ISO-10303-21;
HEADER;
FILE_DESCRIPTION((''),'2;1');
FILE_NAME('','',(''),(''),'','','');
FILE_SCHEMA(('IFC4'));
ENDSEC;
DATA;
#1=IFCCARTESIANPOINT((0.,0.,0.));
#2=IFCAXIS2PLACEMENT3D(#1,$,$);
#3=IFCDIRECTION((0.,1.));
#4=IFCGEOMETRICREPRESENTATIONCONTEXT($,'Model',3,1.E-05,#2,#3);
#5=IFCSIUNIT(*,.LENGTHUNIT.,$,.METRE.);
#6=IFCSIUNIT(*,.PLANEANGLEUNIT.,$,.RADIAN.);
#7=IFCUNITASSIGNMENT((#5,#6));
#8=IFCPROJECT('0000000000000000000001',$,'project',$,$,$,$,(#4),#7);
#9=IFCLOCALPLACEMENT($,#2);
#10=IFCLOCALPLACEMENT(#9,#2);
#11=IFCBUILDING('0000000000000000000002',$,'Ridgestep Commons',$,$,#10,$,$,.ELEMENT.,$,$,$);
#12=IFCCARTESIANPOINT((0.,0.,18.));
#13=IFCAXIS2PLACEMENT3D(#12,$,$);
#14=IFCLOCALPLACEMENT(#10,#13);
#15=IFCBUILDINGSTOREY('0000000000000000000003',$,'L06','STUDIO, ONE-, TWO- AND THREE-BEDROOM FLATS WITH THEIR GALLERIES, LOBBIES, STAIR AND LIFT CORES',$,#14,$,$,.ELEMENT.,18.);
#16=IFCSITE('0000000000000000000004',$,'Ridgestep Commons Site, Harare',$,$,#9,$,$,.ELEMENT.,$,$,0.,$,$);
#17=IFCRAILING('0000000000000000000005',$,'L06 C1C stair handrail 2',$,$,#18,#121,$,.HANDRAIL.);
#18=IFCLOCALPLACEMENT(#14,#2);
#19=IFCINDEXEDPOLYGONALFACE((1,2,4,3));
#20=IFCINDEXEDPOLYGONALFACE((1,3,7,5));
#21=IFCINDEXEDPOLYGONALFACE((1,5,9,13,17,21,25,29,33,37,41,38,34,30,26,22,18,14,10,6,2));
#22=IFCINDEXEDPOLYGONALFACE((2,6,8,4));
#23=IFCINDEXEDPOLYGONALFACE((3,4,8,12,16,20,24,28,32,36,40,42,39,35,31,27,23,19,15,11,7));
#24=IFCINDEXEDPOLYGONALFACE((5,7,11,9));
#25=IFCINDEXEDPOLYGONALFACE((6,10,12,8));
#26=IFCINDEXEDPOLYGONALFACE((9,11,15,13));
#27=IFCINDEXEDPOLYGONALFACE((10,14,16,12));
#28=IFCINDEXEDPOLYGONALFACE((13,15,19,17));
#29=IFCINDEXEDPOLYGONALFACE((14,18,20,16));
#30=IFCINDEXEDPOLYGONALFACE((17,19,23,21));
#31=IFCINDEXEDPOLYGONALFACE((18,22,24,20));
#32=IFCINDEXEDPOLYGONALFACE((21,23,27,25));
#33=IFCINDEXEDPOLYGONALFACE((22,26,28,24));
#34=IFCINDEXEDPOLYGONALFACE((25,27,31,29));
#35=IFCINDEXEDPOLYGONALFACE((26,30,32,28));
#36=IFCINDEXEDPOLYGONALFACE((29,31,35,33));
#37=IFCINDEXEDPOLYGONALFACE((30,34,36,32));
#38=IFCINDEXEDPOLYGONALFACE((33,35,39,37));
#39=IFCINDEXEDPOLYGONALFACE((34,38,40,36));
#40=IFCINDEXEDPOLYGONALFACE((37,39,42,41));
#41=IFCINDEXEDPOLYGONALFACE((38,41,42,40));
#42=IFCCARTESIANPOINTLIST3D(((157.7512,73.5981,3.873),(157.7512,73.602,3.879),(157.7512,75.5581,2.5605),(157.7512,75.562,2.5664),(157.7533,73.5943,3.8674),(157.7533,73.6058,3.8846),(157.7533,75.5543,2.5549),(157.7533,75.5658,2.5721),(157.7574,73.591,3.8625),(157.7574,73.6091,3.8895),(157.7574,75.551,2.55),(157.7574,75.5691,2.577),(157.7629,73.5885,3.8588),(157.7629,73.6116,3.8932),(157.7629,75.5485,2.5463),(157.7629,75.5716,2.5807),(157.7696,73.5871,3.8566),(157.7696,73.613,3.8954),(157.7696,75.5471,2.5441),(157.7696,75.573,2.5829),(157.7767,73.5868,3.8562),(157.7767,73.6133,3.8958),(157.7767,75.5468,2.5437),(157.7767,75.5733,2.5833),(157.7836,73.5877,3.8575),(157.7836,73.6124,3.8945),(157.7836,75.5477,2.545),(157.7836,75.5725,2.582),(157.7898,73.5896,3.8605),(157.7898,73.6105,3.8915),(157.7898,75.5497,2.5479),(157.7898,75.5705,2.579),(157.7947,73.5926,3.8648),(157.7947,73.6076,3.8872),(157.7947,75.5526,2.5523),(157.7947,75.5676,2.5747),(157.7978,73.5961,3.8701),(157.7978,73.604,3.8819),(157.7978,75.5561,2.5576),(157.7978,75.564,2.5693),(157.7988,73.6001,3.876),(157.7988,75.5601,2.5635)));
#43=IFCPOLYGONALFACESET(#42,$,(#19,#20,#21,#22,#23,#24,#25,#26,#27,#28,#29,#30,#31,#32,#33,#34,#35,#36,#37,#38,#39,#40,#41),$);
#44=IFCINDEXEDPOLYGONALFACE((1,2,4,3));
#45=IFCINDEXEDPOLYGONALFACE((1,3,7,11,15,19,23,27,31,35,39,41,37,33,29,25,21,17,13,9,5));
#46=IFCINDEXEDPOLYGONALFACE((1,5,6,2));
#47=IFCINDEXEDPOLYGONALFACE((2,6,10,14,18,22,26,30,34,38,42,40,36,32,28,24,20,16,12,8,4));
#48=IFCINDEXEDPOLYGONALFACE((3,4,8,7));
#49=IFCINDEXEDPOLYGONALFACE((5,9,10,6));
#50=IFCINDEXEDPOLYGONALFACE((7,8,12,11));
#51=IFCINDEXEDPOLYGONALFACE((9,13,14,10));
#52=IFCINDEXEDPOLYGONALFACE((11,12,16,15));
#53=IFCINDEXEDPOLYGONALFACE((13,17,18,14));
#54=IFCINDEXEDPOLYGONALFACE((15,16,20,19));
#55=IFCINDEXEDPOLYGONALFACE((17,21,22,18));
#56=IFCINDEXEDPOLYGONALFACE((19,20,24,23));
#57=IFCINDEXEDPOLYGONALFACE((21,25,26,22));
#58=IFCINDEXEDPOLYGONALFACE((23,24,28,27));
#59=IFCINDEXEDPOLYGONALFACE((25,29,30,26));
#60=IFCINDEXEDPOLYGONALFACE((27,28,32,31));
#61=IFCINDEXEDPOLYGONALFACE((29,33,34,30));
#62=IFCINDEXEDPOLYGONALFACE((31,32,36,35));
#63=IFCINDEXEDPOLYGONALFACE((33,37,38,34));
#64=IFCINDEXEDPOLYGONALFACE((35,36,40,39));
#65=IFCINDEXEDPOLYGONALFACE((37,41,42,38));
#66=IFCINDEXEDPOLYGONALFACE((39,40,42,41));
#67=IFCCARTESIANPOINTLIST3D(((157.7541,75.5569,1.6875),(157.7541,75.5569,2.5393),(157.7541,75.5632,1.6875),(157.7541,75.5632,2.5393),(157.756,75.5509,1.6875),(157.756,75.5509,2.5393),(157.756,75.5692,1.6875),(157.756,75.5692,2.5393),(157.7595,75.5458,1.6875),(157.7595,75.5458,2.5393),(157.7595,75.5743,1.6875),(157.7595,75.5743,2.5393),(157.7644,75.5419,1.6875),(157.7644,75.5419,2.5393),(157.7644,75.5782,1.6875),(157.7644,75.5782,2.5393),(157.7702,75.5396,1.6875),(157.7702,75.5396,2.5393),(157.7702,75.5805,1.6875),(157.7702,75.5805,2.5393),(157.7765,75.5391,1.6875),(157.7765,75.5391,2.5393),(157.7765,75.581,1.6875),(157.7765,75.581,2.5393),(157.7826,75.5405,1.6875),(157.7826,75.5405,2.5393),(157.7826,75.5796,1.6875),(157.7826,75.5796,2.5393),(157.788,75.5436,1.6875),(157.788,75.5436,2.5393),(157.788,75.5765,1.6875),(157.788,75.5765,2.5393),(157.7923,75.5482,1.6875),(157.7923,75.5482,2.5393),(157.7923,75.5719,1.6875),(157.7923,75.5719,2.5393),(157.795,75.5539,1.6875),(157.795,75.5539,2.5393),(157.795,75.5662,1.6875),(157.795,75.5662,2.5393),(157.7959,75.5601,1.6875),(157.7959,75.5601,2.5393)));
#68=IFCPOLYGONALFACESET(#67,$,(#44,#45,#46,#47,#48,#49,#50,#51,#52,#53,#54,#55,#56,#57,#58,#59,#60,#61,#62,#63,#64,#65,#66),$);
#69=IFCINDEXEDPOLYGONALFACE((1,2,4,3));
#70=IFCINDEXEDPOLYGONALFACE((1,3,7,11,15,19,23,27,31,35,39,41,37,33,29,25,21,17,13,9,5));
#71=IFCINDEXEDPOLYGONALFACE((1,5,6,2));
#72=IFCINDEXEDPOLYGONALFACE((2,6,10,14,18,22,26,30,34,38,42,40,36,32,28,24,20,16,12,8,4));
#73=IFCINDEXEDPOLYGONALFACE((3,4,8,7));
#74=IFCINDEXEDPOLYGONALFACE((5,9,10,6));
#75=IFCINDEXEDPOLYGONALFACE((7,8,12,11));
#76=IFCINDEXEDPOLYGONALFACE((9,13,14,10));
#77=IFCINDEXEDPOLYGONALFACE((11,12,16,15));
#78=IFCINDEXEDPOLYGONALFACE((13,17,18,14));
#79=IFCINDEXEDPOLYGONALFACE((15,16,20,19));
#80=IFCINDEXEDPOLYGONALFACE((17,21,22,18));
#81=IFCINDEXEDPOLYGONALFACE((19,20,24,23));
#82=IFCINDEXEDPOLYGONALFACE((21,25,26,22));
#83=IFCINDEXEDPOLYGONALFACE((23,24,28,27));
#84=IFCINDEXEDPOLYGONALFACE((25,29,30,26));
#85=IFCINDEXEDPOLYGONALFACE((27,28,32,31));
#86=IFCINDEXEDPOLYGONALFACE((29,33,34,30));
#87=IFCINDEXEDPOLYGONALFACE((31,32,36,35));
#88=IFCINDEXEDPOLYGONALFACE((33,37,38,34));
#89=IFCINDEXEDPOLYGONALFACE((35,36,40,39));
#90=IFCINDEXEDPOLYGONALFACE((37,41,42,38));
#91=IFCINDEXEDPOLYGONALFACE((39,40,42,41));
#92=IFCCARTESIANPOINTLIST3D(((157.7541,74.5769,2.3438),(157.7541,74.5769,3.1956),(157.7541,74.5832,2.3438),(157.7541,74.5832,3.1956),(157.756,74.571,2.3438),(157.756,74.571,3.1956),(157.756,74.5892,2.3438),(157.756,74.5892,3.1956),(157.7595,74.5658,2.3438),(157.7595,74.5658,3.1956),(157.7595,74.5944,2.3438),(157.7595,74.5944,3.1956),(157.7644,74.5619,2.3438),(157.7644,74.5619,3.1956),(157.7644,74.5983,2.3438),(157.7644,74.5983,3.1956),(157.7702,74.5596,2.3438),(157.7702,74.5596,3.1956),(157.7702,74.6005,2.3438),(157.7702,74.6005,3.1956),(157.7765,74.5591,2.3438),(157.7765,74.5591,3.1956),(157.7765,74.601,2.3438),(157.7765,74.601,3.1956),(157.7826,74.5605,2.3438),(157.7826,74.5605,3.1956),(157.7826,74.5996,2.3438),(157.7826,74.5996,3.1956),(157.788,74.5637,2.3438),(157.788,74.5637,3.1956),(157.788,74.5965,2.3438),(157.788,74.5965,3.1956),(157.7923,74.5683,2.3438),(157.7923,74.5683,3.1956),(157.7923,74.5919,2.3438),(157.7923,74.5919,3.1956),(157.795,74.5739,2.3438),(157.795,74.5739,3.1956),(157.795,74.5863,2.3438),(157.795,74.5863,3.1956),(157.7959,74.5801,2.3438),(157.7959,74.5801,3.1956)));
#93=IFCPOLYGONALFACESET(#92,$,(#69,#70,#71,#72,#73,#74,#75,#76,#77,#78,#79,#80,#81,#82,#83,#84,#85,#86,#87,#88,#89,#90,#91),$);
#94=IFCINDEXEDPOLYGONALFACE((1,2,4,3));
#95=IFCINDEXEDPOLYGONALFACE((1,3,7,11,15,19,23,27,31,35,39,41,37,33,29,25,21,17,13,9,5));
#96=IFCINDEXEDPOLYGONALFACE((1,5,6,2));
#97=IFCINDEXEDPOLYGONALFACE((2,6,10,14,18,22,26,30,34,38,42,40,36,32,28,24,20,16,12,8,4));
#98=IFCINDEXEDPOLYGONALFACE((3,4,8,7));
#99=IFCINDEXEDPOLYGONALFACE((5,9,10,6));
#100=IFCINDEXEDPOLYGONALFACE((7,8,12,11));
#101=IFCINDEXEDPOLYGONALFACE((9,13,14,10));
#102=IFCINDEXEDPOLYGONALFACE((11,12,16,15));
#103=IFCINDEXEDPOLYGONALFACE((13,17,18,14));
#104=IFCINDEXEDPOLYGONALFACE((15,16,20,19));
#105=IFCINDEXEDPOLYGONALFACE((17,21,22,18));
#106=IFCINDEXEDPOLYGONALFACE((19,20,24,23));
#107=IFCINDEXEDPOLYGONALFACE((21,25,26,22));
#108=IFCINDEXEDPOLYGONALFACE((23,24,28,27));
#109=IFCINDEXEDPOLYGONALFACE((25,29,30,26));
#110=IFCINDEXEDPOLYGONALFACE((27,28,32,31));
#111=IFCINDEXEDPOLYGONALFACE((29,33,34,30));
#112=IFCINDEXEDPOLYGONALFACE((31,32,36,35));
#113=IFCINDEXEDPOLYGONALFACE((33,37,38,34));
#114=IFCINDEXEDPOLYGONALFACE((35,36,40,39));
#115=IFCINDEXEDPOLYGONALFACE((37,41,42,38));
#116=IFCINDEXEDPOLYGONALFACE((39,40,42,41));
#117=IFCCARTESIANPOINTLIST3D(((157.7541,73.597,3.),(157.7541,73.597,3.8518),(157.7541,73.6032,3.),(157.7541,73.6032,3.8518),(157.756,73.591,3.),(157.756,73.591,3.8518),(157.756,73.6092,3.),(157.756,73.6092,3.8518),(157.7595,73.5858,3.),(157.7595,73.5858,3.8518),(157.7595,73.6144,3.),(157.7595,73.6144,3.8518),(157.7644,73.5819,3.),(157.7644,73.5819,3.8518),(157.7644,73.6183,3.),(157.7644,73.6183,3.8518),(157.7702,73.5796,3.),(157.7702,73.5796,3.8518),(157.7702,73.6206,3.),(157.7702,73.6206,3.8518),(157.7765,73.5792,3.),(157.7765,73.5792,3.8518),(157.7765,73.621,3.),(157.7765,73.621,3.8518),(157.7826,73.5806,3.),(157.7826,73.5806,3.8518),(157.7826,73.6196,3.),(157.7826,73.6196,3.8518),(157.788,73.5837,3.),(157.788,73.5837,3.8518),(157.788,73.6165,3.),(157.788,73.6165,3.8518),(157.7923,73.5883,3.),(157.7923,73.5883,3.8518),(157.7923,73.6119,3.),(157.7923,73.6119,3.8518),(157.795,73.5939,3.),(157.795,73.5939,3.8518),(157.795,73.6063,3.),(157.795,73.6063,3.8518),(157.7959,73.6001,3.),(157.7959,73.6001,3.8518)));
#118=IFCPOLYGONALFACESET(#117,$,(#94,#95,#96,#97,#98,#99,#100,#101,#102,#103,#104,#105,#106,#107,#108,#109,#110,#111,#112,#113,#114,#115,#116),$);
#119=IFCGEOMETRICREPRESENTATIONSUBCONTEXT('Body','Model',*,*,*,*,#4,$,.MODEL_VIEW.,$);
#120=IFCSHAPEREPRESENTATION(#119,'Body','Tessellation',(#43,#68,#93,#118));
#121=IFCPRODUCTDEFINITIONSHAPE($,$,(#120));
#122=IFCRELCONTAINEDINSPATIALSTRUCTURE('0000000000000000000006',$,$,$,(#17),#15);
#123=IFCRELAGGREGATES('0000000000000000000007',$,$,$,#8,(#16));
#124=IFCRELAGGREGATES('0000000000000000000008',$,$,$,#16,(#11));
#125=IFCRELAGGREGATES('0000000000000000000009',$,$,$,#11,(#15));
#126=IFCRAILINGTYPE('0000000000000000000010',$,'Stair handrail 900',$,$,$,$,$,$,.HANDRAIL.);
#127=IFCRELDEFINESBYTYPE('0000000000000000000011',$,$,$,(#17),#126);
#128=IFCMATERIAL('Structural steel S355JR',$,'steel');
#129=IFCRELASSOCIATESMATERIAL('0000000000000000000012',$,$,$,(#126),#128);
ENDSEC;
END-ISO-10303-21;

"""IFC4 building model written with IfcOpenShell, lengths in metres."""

from ifc_helpers import new_model, si_unit, direction, frame, origin, origin_2d, place, context, subcontext, project, spatial, circle, extrude, material, type_object, element, save


model = new_model("IFC4")

# Units and contexts
model_context = context("Model", 3, precision=1e-05, world=origin(), true_north=direction((0.0, 1.0)))
body_context = subcontext(model_context, "Body", "Model", "MODEL_VIEW")
ifc_project = project(units=[si_unit("LENGTHUNIT", "METRE"), si_unit("PLANEANGLEUNIT", "RADIAN")], contexts=[model_context])

# Site, building, storey
site_placement = place(None, origin())
site = spatial("IfcSite", under=ifc_project, at=site_placement, Name="Ridgestep Commons Site, Harare", CompositionType="ELEMENT", RefElevation=0.0)
building_placement = place(site_placement, origin())
building = spatial("IfcBuilding", under=site, at=building_placement, Name="Ridgestep Commons", CompositionType="ELEMENT")
storey_placement = place(building_placement, frame((0.0, 0.0, 18.0)))
storey = spatial("IfcBuildingStorey", under=building, at=storey_placement, Name="L06", Description="STUDIO, ONE-, TWO- AND THREE-BEDROOM FLATS WITH THEIR GALLERIES, LOBBIES, STAIR AND LIFT CORES", CompositionType="ELEMENT", Elevation=18.0)

# Railing
ifc_material_1 = material(Name="Structural steel S355JR", Category="steel")
railing_type_1 = type_object("IfcRailingType", Name="Stair handrail 900", PredefinedType="HANDRAIL", material=ifc_material_1)
railing_1_placement = place(storey_placement, frame((157.7749, 75.5601, 1.6875)))
element("IfcRailing", 1, at=railing_1_placement, inside=storey, type_object=railing_type_1, Name="L06 C1C stair handrail 2", PredefinedType="HANDRAIL", context=body_context, shape_type="SweptSolid", body=[
    extrude(circle(Radius=0.0239, at=origin_2d()), frame((0.0, 0.0, 0.876), z_axis=(0.0, -0.830902, 0.556419), x_axis=(1.0, 0.0, 0.0)), (0.0, 0.0, 1.0), 2.3589),
    extrude(circle(Radius=0.021, at=origin_2d()), origin(), (0.0, 0.0, 1.0), 0.8518),
    extrude(circle(Radius=0.021, at=origin_2d()), frame((0.0, -0.98, 0.6562)), (0.0, 0.0, 1.0), 0.8518),
    extrude(circle(Radius=0.021, at=origin_2d()), frame((0.0, -1.96, 1.3125)), (0.0, 0.0, 1.0), 0.8518),
])

save(model, "model.ifc")
